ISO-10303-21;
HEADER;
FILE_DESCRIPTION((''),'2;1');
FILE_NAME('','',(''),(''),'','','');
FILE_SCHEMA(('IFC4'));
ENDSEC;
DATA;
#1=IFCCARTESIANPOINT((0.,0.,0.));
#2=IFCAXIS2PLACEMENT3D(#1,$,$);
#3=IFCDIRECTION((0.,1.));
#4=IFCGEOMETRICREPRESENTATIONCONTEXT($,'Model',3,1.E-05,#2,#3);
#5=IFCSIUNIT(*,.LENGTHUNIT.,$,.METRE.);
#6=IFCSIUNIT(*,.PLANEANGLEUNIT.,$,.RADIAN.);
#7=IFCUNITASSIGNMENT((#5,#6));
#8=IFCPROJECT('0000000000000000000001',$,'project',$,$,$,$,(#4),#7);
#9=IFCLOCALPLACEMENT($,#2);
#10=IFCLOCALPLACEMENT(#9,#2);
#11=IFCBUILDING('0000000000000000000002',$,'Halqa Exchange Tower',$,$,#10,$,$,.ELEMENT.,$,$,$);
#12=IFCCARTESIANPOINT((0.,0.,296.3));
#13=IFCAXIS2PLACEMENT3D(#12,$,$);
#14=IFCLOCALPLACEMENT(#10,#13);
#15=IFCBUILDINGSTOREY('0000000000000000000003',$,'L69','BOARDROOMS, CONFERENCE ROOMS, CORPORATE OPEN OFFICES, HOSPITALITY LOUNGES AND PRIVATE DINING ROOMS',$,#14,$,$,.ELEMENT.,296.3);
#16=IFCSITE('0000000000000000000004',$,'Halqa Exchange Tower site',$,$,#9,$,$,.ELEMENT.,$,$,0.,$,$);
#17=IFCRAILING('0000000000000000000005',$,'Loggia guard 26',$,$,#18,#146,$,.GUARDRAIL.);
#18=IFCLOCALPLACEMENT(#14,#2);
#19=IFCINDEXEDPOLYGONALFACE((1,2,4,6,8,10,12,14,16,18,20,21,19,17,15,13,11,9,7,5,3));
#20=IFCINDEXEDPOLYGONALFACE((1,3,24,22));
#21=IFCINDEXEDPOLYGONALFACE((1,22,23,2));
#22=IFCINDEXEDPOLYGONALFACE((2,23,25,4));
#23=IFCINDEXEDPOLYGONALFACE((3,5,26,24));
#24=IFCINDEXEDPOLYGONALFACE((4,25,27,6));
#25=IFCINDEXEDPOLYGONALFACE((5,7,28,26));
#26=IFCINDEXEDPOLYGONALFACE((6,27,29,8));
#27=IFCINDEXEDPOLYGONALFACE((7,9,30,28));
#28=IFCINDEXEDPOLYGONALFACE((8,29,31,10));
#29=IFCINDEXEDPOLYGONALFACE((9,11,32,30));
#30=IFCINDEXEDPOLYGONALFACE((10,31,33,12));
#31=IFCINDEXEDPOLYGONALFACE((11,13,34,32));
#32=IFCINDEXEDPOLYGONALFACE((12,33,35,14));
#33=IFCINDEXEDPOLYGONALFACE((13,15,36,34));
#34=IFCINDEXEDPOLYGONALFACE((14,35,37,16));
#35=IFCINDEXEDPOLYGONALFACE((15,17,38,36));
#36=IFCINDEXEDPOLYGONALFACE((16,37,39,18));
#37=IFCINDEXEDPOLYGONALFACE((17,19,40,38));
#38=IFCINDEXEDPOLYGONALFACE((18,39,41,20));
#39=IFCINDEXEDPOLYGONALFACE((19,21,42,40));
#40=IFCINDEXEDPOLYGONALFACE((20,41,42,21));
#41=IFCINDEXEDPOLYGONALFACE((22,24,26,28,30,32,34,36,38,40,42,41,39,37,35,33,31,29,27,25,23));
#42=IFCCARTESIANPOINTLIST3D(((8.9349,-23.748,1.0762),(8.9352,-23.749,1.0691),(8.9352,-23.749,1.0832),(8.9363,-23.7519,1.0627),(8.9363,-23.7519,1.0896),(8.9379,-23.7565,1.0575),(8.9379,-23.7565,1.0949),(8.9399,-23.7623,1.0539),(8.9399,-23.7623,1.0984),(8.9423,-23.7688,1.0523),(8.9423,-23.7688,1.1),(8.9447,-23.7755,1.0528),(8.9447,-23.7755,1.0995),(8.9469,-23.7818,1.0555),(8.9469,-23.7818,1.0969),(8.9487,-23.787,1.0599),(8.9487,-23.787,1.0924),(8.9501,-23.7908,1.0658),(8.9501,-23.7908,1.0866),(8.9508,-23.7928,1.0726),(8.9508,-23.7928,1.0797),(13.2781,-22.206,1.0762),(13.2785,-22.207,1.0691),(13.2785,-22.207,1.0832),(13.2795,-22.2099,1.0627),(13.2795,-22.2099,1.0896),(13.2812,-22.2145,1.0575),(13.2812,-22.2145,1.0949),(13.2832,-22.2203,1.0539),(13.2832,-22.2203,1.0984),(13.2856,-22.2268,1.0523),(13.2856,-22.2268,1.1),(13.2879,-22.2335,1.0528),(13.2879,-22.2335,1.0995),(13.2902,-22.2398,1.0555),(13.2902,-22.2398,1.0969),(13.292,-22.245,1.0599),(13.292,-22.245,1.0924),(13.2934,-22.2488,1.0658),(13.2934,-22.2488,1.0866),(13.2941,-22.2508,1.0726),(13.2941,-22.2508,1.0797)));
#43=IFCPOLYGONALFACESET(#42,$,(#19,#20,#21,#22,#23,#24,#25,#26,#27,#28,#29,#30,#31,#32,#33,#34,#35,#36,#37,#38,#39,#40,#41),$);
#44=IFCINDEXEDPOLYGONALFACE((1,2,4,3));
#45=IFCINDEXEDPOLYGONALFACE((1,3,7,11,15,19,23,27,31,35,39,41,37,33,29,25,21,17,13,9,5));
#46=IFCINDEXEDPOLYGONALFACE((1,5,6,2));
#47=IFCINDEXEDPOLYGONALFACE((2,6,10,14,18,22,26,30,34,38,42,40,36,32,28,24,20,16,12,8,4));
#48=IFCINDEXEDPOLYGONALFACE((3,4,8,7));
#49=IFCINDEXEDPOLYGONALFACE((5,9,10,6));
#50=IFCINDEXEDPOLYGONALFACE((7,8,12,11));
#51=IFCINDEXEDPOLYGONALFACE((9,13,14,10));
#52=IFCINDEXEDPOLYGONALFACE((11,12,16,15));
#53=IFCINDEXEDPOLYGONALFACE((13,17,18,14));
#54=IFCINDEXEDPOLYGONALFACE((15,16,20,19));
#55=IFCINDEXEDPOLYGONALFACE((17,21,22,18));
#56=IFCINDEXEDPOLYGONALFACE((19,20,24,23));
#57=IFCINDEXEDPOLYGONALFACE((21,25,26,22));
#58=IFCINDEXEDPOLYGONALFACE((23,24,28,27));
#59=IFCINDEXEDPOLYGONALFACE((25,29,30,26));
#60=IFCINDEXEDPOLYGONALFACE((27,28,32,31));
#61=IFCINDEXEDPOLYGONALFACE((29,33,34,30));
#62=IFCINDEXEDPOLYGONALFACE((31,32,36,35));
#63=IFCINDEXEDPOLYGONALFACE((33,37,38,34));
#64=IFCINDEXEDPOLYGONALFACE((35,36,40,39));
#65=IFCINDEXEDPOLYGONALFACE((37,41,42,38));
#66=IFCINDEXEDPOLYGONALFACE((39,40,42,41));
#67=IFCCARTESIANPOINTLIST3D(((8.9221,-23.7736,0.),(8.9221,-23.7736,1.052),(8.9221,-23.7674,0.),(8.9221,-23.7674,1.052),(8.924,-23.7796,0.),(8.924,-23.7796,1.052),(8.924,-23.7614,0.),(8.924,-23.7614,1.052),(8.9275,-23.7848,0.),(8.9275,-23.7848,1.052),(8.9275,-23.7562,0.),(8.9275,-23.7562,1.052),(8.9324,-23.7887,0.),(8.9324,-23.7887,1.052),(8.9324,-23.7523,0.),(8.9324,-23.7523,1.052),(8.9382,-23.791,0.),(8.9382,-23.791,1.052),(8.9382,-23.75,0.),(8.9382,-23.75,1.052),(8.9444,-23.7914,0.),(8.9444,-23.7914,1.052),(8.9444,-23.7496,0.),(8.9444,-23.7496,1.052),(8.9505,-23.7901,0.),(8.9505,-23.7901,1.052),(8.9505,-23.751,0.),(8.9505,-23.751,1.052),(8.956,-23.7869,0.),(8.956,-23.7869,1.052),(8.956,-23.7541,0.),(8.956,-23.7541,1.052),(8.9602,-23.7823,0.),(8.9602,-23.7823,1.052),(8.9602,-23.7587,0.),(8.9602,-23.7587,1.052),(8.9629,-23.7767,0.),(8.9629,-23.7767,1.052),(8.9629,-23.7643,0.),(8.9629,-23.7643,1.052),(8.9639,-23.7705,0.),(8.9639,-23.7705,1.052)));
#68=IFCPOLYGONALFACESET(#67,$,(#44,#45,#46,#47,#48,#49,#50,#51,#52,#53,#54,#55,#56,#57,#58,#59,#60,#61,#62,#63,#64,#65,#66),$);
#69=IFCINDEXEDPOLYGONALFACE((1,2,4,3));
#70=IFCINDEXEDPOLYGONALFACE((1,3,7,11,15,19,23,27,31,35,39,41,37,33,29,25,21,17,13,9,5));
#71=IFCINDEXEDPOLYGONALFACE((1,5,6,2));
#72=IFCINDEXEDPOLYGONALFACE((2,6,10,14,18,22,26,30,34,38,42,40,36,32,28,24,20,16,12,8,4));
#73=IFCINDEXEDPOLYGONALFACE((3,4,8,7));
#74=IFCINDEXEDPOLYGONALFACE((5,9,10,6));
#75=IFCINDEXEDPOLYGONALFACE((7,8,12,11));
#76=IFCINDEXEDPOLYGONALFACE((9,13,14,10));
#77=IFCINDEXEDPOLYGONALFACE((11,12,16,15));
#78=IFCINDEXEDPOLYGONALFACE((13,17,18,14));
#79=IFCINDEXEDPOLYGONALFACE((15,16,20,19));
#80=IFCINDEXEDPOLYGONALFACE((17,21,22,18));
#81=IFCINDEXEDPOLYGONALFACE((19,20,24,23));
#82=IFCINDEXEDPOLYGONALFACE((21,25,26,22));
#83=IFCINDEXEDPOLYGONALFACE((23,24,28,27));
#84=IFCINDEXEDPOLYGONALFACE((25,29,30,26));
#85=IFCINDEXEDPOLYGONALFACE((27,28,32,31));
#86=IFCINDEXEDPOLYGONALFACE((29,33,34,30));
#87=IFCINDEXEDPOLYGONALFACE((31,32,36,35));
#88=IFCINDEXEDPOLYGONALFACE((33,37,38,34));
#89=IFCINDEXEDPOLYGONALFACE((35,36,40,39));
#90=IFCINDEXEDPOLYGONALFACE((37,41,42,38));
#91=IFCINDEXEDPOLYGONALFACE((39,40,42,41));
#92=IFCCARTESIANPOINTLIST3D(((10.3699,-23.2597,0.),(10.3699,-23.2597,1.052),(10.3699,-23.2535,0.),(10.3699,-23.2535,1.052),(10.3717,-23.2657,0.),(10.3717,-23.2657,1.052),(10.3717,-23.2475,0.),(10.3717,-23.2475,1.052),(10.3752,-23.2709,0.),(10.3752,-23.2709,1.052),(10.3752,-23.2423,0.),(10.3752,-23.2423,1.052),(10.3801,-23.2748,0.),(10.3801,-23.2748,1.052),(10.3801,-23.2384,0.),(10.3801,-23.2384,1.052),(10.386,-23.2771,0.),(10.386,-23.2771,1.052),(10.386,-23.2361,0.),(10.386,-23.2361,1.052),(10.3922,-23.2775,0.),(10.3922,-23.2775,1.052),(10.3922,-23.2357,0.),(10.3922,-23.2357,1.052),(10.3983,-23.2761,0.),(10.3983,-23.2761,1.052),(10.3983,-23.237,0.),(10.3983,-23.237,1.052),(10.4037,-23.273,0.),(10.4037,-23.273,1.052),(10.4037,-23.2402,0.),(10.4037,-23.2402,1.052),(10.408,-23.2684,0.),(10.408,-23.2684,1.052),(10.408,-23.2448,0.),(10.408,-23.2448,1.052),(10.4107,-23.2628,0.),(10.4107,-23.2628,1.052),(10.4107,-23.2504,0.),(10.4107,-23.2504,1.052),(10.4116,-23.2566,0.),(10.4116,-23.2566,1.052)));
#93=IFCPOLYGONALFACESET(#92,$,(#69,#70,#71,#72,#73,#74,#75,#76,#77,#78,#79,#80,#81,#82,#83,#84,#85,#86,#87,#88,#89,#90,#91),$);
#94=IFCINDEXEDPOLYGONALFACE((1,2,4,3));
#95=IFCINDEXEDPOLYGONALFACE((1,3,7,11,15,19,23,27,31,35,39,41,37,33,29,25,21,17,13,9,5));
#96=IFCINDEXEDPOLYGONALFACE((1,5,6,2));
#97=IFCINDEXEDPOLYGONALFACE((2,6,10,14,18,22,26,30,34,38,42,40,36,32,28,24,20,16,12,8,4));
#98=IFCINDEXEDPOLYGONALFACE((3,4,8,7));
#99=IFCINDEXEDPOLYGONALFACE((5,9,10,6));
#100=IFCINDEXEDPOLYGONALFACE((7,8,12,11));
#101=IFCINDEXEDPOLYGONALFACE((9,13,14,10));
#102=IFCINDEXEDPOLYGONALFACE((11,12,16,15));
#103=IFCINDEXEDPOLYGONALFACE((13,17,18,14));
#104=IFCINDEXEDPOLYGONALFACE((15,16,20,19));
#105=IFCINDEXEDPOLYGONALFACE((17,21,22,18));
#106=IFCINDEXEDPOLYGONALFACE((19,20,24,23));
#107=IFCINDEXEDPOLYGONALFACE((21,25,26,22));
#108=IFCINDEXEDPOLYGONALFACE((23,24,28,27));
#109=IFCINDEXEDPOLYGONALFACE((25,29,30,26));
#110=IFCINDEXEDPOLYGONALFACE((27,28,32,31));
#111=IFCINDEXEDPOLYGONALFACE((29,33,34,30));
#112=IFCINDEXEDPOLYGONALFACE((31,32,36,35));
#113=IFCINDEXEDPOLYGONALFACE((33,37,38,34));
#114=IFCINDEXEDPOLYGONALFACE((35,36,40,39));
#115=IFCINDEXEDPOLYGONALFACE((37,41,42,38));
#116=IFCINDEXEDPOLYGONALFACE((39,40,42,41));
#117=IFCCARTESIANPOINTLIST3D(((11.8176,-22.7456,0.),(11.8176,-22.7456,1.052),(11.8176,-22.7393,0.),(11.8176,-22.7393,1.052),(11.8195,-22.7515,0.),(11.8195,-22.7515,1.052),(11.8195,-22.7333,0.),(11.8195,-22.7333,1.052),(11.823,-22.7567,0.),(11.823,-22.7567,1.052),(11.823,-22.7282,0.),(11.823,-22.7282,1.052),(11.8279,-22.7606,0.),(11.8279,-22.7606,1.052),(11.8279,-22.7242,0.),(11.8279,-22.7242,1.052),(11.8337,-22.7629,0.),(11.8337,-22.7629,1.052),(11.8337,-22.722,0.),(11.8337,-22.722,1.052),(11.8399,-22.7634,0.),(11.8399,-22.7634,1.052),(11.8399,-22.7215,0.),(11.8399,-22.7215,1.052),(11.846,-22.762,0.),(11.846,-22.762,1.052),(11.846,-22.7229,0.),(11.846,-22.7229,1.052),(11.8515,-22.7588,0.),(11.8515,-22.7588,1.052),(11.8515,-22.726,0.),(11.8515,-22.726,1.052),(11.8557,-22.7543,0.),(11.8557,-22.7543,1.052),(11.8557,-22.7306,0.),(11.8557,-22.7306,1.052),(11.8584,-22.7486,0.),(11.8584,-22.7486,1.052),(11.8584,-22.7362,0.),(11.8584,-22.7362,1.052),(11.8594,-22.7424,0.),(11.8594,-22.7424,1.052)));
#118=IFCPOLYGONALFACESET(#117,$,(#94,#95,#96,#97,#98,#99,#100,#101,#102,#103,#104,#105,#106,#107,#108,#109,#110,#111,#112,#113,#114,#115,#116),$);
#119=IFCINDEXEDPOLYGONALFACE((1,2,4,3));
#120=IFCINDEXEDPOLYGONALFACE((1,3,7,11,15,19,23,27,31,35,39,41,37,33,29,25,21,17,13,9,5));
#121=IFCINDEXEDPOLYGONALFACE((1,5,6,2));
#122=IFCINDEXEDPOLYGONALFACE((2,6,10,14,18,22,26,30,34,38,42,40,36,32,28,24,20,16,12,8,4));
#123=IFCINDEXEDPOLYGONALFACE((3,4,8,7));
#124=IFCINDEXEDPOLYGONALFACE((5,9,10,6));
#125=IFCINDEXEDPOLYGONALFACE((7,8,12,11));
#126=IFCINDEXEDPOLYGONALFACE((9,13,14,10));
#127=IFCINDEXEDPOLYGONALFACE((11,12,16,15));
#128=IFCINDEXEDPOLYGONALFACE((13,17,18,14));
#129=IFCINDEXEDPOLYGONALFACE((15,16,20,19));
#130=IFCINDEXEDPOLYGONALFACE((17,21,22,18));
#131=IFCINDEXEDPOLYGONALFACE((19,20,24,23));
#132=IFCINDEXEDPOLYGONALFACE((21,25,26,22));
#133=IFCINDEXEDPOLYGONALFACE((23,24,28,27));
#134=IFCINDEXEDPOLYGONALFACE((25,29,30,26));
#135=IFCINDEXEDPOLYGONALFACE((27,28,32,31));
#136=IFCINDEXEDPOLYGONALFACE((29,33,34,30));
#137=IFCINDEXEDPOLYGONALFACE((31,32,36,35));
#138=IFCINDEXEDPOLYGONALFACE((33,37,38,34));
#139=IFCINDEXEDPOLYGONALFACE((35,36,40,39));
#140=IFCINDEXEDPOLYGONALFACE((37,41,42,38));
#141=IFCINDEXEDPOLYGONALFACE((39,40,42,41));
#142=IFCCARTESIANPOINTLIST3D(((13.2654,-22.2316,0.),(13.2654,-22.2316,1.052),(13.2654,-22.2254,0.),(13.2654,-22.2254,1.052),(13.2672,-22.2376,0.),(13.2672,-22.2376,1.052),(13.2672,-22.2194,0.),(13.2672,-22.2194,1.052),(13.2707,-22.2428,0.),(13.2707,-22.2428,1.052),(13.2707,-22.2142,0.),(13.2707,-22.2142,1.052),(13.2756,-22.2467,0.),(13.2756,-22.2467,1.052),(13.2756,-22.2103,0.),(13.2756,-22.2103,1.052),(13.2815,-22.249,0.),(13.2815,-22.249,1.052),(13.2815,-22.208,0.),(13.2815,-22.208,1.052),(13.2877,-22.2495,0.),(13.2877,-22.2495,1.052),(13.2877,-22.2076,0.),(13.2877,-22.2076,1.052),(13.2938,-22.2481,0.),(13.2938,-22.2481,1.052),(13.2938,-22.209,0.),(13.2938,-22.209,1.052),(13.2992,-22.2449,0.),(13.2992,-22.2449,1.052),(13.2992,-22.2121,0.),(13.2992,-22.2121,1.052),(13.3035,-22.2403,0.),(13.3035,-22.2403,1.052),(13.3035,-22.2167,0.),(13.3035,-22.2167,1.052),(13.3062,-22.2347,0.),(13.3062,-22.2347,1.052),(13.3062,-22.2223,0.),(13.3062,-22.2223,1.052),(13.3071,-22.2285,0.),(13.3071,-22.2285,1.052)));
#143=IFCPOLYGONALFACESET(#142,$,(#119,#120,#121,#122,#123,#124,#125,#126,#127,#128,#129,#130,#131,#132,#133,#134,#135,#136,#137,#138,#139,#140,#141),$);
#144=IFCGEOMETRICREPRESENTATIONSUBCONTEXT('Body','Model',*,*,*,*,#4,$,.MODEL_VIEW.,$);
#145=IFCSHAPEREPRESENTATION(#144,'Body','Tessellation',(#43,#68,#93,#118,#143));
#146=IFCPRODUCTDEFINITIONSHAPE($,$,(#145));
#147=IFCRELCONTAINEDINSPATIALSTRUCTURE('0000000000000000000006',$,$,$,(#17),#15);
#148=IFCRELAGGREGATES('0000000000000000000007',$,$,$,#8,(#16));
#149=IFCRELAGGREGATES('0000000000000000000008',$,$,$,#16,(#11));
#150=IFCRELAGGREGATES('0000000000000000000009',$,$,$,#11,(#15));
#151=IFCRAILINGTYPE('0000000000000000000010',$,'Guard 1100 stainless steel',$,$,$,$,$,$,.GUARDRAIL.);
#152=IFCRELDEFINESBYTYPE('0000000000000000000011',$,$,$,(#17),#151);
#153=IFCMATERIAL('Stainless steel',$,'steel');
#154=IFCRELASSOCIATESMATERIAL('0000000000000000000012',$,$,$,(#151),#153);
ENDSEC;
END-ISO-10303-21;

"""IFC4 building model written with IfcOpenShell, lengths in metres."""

from ifc_helpers import new_model, si_unit, direction, frame, origin, origin_2d, place, context, subcontext, project, spatial, circle, extrude, material, type_object, element, save


model = new_model("IFC4")

# Units and contexts
model_context = context("Model", 3, precision=1e-05, world=origin(), true_north=direction((0.0, 1.0)))
body_context = subcontext(model_context, "Body", "Model", "MODEL_VIEW")
ifc_project = project(units=[si_unit("LENGTHUNIT", "METRE"), si_unit("PLANEANGLEUNIT", "RADIAN")], contexts=[model_context])

# Site, building, storey
site_placement = place(None, origin())
site = spatial("IfcSite", under=ifc_project, at=site_placement, Name="Halqa Exchange Tower site", CompositionType="ELEMENT", RefElevation=0.0)
building_placement = place(site_placement, origin())
building = spatial("IfcBuilding", under=site, at=building_placement, Name="Halqa Exchange Tower", CompositionType="ELEMENT")
storey_placement = place(building_placement, frame((0.0, 0.0, 296.3)))
storey = spatial("IfcBuildingStorey", under=building, at=storey_placement, Name="L69", Description="BOARDROOMS, CONFERENCE ROOMS, CORPORATE OPEN OFFICES, HOSPITALITY LOUNGES AND PRIVATE DINING ROOMS", CompositionType="ELEMENT", Elevation=296.3)

# Railing
ifc_material_1 = material(Name="Stainless steel", Category="steel")
railing_type_1 = type_object("IfcRailingType", Name="Guard 1100 stainless steel", PredefinedType="GUARDRAIL", material=ifc_material_1)
railing_1_placement = place(storey_placement, frame((8.9429, -23.7705, 0.0)))
element("IfcRailing", 1, at=railing_1_placement, inside=storey, type_object=railing_type_1, Name="Loggia guard 26", PredefinedType="GUARDRAIL", context=body_context, shape_type="SweptSolid", body=[
    extrude(circle(Radius=0.0239, at=origin_2d()), frame((0.0, 0.0, 1.0762), z_axis=(0.942371, 0.334571, 0.0), x_axis=(-0.334571, 0.942371, 0.0)), (0.0, 0.0, 1.0), 4.6089),
    extrude(circle(Radius=0.021, at=origin_2d()), origin(), (0.0, 0.0, 1.0), 1.052),
    extrude(circle(Radius=0.021, at=origin_2d()), frame((1.4478, 0.5139, 0.0)), (0.0, 0.0, 1.0), 1.052),
    extrude(circle(Radius=0.021, at=origin_2d()), frame((2.8955, 1.0281, 0.0)), (0.0, 0.0, 1.0), 1.052),
    extrude(circle(Radius=0.021, at=origin_2d()), frame((4.3433, 1.542, 0.0)), (0.0, 0.0, 1.0), 1.052),
])

save(model, "model.ifc")
